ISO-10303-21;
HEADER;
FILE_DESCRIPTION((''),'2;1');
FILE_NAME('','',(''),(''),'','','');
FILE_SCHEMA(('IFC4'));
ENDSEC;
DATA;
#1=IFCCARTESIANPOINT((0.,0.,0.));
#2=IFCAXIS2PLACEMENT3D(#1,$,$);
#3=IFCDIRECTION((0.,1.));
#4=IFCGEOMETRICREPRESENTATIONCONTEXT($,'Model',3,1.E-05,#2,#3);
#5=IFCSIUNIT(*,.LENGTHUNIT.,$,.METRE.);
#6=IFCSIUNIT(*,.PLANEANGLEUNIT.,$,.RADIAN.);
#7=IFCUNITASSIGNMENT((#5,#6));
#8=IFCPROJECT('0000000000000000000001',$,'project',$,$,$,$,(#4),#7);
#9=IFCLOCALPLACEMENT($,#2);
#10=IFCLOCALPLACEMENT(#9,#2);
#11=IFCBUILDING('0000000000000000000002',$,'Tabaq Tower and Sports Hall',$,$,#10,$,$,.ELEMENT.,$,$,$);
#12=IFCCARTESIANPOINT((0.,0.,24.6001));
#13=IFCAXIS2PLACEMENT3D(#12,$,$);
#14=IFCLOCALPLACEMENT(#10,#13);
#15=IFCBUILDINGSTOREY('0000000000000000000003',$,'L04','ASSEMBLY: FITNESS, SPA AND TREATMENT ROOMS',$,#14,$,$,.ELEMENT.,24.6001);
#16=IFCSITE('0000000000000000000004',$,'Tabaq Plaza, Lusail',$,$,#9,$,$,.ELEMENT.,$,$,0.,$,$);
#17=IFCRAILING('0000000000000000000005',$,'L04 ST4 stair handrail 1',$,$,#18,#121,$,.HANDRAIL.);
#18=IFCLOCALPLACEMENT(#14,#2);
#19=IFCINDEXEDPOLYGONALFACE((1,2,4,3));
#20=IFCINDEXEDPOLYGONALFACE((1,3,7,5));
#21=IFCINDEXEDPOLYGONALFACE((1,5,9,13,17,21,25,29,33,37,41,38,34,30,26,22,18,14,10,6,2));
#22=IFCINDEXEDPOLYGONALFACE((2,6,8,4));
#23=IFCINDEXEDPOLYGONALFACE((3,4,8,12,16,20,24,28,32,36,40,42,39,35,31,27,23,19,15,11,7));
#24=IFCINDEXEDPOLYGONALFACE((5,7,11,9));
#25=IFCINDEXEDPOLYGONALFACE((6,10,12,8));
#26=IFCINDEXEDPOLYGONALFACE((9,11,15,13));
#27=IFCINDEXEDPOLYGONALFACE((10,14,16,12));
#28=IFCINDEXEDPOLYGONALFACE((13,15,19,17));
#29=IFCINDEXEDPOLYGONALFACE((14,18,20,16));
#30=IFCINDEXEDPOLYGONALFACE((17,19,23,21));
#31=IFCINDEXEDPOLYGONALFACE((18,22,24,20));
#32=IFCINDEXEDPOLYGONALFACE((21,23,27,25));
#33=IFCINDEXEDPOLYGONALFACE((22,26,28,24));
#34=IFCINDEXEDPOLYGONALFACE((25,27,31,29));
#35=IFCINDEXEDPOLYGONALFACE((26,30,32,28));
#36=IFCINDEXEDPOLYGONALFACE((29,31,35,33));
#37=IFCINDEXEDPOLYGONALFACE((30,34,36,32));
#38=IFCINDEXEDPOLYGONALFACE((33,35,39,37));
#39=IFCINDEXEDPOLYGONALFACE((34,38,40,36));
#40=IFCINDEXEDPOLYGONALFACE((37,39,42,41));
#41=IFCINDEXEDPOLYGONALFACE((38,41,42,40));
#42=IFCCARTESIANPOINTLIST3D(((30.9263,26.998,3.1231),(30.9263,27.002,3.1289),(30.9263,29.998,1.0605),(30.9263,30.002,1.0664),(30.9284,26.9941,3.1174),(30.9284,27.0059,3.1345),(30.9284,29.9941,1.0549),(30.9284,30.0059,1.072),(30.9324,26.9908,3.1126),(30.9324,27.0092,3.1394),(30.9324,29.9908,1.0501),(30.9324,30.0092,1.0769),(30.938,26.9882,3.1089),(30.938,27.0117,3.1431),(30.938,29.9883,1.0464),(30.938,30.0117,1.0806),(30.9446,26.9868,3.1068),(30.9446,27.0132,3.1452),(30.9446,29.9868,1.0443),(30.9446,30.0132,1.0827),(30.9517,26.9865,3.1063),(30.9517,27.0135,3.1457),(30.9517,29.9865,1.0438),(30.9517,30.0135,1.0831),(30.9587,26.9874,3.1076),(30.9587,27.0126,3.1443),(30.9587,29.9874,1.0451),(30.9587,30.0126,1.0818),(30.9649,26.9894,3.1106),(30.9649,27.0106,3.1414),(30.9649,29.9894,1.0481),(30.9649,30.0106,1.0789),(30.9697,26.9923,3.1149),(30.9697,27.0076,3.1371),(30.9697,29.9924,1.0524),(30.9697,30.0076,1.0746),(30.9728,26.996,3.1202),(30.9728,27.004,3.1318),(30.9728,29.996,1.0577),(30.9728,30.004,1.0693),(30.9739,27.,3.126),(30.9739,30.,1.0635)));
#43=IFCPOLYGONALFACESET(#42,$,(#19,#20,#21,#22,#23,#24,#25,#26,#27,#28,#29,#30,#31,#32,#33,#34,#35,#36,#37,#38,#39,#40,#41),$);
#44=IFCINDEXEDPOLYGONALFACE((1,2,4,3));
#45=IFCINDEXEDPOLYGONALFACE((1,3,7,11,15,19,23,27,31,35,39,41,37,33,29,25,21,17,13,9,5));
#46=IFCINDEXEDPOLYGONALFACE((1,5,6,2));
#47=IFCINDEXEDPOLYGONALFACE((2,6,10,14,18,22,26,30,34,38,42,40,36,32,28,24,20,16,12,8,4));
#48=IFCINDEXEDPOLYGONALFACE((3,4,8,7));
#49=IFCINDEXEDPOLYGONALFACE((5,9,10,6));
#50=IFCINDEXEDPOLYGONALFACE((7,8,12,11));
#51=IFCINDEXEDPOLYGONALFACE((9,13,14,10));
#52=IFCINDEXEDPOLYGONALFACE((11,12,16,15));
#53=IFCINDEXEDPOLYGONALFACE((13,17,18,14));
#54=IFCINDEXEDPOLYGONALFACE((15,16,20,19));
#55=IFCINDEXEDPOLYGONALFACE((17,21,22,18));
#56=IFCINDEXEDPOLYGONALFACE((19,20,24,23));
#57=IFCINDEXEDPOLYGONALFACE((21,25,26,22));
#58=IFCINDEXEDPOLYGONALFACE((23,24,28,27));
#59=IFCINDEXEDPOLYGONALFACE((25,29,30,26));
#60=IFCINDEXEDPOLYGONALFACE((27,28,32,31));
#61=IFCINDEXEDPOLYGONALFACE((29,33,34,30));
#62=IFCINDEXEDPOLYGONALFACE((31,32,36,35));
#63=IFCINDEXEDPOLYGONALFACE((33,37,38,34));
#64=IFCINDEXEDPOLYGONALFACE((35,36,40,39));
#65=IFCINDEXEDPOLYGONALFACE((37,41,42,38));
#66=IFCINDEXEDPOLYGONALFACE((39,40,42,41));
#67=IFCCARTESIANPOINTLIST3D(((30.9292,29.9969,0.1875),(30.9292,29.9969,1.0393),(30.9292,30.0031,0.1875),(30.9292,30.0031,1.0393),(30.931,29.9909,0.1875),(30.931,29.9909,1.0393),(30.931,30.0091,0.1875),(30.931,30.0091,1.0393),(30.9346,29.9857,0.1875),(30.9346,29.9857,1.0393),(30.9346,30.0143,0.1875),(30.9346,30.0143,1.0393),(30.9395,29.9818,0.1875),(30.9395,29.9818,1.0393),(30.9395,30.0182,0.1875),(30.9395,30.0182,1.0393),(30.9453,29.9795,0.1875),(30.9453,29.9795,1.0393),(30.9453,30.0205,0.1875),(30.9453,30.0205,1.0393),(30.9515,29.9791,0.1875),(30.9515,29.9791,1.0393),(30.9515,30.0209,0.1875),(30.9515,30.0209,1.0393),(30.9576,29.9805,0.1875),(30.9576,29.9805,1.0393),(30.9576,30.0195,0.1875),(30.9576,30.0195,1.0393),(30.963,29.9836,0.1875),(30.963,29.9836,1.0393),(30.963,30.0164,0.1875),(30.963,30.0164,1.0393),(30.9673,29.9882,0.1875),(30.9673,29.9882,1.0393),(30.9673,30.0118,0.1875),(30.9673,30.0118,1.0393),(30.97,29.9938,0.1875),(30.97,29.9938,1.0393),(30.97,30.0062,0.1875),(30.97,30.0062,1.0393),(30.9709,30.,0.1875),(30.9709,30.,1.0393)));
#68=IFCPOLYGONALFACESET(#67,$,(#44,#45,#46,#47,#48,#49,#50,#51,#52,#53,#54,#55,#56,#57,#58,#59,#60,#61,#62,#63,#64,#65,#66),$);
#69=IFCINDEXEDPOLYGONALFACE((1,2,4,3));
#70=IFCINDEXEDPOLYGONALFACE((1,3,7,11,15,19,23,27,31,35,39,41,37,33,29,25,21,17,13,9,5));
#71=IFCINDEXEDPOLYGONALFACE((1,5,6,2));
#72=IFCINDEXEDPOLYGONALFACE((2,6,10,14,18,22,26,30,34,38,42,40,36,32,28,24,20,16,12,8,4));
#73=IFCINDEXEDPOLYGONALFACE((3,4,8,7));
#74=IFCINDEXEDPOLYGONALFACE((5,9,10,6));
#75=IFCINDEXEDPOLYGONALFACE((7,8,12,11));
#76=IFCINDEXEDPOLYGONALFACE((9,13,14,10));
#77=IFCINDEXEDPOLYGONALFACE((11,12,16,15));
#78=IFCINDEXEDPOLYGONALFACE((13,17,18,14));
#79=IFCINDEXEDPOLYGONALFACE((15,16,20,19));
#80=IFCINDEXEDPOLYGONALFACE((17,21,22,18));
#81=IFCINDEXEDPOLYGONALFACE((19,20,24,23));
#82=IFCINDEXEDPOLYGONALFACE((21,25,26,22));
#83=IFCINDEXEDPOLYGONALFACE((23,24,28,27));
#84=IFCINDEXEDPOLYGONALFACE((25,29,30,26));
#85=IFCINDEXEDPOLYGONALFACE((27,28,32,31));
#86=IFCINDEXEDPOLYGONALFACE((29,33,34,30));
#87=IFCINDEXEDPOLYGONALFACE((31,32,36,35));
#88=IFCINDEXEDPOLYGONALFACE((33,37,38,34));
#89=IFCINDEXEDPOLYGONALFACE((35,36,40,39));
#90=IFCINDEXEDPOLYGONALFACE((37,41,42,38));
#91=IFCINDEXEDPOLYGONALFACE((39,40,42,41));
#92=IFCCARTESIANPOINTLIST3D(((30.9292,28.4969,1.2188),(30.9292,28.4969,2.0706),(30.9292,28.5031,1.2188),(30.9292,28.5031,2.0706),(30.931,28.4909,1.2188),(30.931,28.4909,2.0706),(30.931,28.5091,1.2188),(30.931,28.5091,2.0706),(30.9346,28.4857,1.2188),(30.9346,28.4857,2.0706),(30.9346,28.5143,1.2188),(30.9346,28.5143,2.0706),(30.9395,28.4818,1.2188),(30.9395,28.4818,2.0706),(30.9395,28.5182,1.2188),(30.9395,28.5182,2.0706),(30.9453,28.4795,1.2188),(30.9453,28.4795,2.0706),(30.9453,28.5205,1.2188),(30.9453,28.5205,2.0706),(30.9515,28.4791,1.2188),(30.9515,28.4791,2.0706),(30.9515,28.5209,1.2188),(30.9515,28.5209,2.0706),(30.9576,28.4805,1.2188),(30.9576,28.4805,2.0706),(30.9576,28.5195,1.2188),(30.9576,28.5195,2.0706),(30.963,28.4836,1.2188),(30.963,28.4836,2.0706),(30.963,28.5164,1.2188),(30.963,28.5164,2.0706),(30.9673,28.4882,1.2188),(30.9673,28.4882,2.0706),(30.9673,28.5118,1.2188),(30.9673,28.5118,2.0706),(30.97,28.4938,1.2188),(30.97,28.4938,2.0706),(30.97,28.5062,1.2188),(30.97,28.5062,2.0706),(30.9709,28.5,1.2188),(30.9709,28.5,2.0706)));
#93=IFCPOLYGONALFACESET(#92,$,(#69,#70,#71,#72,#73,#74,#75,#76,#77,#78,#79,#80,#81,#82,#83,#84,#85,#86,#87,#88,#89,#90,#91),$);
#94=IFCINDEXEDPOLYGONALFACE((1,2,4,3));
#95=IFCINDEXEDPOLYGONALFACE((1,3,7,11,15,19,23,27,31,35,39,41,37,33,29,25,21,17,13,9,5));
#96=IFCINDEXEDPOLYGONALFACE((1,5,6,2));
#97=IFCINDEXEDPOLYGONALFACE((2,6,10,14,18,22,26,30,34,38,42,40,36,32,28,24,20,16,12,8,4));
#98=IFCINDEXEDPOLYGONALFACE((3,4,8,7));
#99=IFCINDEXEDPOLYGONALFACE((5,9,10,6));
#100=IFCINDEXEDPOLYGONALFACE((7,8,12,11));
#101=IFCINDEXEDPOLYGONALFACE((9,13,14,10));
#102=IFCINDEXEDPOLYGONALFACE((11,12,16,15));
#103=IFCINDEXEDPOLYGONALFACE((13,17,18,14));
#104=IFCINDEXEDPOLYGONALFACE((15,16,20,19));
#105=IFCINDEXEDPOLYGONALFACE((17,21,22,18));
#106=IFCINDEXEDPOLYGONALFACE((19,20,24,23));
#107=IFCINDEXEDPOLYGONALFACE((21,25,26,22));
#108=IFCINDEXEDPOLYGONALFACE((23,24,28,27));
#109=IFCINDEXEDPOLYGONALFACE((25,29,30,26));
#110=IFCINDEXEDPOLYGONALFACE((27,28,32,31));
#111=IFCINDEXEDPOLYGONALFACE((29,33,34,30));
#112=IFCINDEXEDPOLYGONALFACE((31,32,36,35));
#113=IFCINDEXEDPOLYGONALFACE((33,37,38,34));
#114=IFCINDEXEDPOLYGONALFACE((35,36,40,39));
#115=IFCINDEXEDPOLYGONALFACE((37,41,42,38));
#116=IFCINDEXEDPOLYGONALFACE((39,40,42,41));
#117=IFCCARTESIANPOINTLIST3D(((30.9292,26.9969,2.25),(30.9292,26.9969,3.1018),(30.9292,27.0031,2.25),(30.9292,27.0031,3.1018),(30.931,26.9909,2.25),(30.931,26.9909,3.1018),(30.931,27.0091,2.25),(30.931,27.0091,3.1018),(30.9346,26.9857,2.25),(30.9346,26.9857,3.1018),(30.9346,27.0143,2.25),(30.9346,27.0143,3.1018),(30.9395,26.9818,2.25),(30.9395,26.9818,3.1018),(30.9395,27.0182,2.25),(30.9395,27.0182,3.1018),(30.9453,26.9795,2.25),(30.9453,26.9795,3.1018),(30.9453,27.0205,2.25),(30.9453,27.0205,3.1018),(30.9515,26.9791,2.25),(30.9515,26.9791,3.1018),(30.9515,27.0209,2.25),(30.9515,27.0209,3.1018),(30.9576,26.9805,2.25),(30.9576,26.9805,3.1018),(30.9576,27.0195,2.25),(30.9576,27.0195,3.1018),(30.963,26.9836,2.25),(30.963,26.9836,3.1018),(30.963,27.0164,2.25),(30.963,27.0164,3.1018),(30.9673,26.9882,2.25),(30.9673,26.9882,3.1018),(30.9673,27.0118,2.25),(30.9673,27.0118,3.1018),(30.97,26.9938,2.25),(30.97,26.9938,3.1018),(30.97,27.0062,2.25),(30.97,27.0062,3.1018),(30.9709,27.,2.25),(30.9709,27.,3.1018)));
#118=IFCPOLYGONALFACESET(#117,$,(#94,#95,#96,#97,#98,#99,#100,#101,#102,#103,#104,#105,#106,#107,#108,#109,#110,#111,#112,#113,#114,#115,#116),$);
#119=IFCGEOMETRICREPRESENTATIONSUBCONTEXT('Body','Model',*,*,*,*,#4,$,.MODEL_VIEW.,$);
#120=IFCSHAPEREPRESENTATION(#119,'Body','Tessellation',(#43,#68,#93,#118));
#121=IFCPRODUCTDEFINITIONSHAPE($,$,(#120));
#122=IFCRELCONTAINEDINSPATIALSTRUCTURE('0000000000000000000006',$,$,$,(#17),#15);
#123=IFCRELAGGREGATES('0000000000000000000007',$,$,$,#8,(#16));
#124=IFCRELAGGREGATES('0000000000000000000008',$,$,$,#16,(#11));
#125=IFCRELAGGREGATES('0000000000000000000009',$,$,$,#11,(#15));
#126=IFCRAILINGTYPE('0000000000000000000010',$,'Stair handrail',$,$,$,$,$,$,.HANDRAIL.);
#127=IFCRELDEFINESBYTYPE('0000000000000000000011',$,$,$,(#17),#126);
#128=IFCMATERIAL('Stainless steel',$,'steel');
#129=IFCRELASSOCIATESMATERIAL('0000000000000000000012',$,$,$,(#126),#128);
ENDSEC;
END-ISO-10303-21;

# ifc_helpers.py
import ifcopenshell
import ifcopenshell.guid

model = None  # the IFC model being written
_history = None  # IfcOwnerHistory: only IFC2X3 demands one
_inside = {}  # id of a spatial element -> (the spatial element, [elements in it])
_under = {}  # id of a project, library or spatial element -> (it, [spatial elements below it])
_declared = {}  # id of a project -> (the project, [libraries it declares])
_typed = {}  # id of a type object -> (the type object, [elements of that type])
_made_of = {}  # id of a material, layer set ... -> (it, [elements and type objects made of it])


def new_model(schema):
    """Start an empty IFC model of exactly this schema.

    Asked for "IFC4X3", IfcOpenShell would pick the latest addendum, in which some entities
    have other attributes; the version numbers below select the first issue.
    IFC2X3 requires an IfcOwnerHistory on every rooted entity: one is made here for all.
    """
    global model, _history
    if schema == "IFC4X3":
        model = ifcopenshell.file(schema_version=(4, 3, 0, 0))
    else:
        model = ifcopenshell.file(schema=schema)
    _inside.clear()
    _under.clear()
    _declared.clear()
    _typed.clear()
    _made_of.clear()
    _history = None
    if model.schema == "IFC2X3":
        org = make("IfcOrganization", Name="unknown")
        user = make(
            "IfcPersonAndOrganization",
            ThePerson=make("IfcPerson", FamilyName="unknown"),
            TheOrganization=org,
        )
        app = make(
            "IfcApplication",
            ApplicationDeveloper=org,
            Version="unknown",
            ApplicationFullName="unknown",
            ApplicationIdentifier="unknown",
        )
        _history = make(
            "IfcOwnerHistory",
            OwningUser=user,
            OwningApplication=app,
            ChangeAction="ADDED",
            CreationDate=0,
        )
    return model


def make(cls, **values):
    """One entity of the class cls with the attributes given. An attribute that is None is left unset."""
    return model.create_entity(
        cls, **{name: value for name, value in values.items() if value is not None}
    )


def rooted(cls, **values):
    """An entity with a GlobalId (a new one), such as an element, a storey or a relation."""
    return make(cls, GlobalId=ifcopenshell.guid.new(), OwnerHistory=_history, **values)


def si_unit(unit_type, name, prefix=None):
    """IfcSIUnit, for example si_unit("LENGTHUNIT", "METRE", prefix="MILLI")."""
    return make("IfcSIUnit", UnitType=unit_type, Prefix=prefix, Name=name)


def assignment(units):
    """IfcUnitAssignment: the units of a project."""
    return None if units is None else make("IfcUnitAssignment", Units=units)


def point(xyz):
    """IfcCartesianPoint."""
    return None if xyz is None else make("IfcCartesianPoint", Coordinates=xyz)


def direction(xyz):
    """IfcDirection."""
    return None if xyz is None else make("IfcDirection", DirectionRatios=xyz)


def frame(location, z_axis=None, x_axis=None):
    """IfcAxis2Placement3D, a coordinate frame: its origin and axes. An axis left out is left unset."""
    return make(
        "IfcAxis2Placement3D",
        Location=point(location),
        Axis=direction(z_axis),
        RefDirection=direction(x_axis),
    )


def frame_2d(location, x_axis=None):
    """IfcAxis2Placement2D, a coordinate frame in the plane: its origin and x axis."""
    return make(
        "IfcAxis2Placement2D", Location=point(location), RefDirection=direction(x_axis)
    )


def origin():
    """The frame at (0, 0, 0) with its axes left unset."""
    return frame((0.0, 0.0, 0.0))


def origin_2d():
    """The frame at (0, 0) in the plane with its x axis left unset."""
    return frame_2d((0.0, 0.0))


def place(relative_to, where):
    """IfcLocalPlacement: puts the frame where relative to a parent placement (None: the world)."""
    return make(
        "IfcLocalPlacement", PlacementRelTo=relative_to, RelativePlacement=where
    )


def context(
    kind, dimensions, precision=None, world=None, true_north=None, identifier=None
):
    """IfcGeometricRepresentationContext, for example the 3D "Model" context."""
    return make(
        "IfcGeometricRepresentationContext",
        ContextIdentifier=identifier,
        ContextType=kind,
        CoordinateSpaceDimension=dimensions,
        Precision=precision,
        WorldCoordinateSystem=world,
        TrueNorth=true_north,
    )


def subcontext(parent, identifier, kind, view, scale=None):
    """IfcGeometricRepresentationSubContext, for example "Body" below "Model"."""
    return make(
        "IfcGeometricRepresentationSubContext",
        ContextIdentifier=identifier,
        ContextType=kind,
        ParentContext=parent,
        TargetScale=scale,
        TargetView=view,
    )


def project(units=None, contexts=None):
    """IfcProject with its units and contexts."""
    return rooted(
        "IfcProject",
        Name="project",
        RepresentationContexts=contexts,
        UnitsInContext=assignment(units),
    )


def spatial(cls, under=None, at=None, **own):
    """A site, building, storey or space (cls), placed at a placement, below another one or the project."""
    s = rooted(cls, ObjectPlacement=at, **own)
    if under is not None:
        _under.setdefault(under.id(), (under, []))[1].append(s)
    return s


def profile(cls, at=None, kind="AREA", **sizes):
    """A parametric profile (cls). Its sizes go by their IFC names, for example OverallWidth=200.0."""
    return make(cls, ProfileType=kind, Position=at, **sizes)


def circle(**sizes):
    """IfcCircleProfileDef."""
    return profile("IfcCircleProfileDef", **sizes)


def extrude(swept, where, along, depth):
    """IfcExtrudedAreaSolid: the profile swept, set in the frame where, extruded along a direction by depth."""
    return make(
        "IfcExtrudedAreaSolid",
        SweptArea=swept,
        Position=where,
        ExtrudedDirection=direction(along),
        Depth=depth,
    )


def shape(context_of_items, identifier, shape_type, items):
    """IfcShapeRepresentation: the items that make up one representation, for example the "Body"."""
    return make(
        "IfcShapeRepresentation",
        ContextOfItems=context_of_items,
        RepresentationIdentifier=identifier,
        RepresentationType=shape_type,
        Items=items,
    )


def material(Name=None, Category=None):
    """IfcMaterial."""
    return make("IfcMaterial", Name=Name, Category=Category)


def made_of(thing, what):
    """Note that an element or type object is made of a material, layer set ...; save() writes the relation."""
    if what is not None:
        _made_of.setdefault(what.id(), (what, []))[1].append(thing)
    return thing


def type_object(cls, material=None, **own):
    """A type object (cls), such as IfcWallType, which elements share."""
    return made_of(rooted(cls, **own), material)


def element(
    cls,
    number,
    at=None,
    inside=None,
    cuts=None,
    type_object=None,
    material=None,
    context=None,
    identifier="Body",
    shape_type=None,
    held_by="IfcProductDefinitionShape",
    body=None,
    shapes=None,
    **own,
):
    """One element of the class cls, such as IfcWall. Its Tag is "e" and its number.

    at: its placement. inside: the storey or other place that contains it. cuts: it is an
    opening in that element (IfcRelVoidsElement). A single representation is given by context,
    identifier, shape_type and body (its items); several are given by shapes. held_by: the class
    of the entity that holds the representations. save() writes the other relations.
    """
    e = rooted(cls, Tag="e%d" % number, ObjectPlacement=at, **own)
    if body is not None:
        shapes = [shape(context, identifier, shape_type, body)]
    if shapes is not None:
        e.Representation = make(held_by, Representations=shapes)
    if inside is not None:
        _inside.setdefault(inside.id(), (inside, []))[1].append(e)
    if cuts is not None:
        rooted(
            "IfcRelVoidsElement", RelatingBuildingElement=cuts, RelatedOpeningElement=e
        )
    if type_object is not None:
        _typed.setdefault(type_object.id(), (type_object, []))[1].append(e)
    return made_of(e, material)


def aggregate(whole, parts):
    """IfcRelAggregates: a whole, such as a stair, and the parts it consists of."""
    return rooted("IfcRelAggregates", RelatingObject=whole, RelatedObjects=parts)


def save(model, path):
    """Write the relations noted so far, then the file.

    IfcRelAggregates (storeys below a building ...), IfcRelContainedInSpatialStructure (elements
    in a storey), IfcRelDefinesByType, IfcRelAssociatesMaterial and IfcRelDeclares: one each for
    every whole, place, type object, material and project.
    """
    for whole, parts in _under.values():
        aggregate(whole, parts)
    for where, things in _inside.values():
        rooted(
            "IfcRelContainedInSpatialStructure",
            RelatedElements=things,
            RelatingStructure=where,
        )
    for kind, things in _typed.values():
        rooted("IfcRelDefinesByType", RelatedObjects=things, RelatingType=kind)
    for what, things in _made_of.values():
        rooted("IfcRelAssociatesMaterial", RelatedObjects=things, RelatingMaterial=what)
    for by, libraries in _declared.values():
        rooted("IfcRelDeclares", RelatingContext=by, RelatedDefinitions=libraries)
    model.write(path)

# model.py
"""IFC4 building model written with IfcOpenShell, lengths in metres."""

from ifc_helpers import new_model, si_unit, direction, frame, origin, origin_2d, place, context, subcontext, project, spatial, circle, extrude, material, type_object, element, save


model = new_model("IFC4")

# Units and contexts
model_context = context("Model", 3, precision=1e-05, world=origin(), true_north=direction((0.0, 1.0)))
body_context = subcontext(model_context, "Body", "Model", "MODEL_VIEW")
ifc_project = project(units=[si_unit("LENGTHUNIT", "METRE"), si_unit("PLANEANGLEUNIT", "RADIAN")], contexts=[model_context])

# Site, building, storey
site_placement = place(None, origin())
site = spatial("IfcSite", under=ifc_project, at=site_placement, Name="Tabaq Plaza, Lusail", CompositionType="ELEMENT", RefElevation=0.0)
building_placement = place(site_placement, origin())
building = spatial("IfcBuilding", under=site, at=building_placement, Name="Tabaq Tower and Sports Hall", CompositionType="ELEMENT")
storey_placement = place(building_placement, frame((0.0, 0.0, 24.6001)))
storey = spatial("IfcBuildingStorey", under=building, at=storey_placement, Name="L04", Description="ASSEMBLY: FITNESS, SPA AND TREATMENT ROOMS", CompositionType="ELEMENT", Elevation=24.6001)

# Railing
ifc_material_1 = material(Name="Stainless steel", Category="steel")
railing_type_1 = type_object("IfcRailingType", Name="Stair handrail", PredefinedType="HANDRAIL", material=ifc_material_1)
railing_1_placement = place(storey_placement, frame((30.95, 30.0, 0.1875)))
element("IfcRailing", 1, at=railing_1_placement, inside=storey, type_object=railing_type_1, Name="L04 ST4 stair handrail 1", PredefinedType="HANDRAIL", context=body_context, shape_type="SweptSolid", body=[
    extrude(circle(Radius=0.0239, at=origin_2d()), frame((0.0, 0.0, 0.876), z_axis=(0.0, -0.824042, 0.566529), x_axis=(1.0, 0.0, 0.0)), (0.0, 0.0, 1.0), 3.6406),
    extrude(circle(Radius=0.021, at=origin_2d()), origin(), (0.0, 0.0, 1.0), 0.8518),
    extrude(circle(Radius=0.021, at=origin_2d()), frame((0.0, -1.5, 1.0312)), (0.0, 0.0, 1.0), 0.8518),
    extrude(circle(Radius=0.021, at=origin_2d()), frame((0.0, -3.0, 2.0625)), (0.0, 0.0, 1.0), 0.8518),
])

save(model, "model.ifc")
